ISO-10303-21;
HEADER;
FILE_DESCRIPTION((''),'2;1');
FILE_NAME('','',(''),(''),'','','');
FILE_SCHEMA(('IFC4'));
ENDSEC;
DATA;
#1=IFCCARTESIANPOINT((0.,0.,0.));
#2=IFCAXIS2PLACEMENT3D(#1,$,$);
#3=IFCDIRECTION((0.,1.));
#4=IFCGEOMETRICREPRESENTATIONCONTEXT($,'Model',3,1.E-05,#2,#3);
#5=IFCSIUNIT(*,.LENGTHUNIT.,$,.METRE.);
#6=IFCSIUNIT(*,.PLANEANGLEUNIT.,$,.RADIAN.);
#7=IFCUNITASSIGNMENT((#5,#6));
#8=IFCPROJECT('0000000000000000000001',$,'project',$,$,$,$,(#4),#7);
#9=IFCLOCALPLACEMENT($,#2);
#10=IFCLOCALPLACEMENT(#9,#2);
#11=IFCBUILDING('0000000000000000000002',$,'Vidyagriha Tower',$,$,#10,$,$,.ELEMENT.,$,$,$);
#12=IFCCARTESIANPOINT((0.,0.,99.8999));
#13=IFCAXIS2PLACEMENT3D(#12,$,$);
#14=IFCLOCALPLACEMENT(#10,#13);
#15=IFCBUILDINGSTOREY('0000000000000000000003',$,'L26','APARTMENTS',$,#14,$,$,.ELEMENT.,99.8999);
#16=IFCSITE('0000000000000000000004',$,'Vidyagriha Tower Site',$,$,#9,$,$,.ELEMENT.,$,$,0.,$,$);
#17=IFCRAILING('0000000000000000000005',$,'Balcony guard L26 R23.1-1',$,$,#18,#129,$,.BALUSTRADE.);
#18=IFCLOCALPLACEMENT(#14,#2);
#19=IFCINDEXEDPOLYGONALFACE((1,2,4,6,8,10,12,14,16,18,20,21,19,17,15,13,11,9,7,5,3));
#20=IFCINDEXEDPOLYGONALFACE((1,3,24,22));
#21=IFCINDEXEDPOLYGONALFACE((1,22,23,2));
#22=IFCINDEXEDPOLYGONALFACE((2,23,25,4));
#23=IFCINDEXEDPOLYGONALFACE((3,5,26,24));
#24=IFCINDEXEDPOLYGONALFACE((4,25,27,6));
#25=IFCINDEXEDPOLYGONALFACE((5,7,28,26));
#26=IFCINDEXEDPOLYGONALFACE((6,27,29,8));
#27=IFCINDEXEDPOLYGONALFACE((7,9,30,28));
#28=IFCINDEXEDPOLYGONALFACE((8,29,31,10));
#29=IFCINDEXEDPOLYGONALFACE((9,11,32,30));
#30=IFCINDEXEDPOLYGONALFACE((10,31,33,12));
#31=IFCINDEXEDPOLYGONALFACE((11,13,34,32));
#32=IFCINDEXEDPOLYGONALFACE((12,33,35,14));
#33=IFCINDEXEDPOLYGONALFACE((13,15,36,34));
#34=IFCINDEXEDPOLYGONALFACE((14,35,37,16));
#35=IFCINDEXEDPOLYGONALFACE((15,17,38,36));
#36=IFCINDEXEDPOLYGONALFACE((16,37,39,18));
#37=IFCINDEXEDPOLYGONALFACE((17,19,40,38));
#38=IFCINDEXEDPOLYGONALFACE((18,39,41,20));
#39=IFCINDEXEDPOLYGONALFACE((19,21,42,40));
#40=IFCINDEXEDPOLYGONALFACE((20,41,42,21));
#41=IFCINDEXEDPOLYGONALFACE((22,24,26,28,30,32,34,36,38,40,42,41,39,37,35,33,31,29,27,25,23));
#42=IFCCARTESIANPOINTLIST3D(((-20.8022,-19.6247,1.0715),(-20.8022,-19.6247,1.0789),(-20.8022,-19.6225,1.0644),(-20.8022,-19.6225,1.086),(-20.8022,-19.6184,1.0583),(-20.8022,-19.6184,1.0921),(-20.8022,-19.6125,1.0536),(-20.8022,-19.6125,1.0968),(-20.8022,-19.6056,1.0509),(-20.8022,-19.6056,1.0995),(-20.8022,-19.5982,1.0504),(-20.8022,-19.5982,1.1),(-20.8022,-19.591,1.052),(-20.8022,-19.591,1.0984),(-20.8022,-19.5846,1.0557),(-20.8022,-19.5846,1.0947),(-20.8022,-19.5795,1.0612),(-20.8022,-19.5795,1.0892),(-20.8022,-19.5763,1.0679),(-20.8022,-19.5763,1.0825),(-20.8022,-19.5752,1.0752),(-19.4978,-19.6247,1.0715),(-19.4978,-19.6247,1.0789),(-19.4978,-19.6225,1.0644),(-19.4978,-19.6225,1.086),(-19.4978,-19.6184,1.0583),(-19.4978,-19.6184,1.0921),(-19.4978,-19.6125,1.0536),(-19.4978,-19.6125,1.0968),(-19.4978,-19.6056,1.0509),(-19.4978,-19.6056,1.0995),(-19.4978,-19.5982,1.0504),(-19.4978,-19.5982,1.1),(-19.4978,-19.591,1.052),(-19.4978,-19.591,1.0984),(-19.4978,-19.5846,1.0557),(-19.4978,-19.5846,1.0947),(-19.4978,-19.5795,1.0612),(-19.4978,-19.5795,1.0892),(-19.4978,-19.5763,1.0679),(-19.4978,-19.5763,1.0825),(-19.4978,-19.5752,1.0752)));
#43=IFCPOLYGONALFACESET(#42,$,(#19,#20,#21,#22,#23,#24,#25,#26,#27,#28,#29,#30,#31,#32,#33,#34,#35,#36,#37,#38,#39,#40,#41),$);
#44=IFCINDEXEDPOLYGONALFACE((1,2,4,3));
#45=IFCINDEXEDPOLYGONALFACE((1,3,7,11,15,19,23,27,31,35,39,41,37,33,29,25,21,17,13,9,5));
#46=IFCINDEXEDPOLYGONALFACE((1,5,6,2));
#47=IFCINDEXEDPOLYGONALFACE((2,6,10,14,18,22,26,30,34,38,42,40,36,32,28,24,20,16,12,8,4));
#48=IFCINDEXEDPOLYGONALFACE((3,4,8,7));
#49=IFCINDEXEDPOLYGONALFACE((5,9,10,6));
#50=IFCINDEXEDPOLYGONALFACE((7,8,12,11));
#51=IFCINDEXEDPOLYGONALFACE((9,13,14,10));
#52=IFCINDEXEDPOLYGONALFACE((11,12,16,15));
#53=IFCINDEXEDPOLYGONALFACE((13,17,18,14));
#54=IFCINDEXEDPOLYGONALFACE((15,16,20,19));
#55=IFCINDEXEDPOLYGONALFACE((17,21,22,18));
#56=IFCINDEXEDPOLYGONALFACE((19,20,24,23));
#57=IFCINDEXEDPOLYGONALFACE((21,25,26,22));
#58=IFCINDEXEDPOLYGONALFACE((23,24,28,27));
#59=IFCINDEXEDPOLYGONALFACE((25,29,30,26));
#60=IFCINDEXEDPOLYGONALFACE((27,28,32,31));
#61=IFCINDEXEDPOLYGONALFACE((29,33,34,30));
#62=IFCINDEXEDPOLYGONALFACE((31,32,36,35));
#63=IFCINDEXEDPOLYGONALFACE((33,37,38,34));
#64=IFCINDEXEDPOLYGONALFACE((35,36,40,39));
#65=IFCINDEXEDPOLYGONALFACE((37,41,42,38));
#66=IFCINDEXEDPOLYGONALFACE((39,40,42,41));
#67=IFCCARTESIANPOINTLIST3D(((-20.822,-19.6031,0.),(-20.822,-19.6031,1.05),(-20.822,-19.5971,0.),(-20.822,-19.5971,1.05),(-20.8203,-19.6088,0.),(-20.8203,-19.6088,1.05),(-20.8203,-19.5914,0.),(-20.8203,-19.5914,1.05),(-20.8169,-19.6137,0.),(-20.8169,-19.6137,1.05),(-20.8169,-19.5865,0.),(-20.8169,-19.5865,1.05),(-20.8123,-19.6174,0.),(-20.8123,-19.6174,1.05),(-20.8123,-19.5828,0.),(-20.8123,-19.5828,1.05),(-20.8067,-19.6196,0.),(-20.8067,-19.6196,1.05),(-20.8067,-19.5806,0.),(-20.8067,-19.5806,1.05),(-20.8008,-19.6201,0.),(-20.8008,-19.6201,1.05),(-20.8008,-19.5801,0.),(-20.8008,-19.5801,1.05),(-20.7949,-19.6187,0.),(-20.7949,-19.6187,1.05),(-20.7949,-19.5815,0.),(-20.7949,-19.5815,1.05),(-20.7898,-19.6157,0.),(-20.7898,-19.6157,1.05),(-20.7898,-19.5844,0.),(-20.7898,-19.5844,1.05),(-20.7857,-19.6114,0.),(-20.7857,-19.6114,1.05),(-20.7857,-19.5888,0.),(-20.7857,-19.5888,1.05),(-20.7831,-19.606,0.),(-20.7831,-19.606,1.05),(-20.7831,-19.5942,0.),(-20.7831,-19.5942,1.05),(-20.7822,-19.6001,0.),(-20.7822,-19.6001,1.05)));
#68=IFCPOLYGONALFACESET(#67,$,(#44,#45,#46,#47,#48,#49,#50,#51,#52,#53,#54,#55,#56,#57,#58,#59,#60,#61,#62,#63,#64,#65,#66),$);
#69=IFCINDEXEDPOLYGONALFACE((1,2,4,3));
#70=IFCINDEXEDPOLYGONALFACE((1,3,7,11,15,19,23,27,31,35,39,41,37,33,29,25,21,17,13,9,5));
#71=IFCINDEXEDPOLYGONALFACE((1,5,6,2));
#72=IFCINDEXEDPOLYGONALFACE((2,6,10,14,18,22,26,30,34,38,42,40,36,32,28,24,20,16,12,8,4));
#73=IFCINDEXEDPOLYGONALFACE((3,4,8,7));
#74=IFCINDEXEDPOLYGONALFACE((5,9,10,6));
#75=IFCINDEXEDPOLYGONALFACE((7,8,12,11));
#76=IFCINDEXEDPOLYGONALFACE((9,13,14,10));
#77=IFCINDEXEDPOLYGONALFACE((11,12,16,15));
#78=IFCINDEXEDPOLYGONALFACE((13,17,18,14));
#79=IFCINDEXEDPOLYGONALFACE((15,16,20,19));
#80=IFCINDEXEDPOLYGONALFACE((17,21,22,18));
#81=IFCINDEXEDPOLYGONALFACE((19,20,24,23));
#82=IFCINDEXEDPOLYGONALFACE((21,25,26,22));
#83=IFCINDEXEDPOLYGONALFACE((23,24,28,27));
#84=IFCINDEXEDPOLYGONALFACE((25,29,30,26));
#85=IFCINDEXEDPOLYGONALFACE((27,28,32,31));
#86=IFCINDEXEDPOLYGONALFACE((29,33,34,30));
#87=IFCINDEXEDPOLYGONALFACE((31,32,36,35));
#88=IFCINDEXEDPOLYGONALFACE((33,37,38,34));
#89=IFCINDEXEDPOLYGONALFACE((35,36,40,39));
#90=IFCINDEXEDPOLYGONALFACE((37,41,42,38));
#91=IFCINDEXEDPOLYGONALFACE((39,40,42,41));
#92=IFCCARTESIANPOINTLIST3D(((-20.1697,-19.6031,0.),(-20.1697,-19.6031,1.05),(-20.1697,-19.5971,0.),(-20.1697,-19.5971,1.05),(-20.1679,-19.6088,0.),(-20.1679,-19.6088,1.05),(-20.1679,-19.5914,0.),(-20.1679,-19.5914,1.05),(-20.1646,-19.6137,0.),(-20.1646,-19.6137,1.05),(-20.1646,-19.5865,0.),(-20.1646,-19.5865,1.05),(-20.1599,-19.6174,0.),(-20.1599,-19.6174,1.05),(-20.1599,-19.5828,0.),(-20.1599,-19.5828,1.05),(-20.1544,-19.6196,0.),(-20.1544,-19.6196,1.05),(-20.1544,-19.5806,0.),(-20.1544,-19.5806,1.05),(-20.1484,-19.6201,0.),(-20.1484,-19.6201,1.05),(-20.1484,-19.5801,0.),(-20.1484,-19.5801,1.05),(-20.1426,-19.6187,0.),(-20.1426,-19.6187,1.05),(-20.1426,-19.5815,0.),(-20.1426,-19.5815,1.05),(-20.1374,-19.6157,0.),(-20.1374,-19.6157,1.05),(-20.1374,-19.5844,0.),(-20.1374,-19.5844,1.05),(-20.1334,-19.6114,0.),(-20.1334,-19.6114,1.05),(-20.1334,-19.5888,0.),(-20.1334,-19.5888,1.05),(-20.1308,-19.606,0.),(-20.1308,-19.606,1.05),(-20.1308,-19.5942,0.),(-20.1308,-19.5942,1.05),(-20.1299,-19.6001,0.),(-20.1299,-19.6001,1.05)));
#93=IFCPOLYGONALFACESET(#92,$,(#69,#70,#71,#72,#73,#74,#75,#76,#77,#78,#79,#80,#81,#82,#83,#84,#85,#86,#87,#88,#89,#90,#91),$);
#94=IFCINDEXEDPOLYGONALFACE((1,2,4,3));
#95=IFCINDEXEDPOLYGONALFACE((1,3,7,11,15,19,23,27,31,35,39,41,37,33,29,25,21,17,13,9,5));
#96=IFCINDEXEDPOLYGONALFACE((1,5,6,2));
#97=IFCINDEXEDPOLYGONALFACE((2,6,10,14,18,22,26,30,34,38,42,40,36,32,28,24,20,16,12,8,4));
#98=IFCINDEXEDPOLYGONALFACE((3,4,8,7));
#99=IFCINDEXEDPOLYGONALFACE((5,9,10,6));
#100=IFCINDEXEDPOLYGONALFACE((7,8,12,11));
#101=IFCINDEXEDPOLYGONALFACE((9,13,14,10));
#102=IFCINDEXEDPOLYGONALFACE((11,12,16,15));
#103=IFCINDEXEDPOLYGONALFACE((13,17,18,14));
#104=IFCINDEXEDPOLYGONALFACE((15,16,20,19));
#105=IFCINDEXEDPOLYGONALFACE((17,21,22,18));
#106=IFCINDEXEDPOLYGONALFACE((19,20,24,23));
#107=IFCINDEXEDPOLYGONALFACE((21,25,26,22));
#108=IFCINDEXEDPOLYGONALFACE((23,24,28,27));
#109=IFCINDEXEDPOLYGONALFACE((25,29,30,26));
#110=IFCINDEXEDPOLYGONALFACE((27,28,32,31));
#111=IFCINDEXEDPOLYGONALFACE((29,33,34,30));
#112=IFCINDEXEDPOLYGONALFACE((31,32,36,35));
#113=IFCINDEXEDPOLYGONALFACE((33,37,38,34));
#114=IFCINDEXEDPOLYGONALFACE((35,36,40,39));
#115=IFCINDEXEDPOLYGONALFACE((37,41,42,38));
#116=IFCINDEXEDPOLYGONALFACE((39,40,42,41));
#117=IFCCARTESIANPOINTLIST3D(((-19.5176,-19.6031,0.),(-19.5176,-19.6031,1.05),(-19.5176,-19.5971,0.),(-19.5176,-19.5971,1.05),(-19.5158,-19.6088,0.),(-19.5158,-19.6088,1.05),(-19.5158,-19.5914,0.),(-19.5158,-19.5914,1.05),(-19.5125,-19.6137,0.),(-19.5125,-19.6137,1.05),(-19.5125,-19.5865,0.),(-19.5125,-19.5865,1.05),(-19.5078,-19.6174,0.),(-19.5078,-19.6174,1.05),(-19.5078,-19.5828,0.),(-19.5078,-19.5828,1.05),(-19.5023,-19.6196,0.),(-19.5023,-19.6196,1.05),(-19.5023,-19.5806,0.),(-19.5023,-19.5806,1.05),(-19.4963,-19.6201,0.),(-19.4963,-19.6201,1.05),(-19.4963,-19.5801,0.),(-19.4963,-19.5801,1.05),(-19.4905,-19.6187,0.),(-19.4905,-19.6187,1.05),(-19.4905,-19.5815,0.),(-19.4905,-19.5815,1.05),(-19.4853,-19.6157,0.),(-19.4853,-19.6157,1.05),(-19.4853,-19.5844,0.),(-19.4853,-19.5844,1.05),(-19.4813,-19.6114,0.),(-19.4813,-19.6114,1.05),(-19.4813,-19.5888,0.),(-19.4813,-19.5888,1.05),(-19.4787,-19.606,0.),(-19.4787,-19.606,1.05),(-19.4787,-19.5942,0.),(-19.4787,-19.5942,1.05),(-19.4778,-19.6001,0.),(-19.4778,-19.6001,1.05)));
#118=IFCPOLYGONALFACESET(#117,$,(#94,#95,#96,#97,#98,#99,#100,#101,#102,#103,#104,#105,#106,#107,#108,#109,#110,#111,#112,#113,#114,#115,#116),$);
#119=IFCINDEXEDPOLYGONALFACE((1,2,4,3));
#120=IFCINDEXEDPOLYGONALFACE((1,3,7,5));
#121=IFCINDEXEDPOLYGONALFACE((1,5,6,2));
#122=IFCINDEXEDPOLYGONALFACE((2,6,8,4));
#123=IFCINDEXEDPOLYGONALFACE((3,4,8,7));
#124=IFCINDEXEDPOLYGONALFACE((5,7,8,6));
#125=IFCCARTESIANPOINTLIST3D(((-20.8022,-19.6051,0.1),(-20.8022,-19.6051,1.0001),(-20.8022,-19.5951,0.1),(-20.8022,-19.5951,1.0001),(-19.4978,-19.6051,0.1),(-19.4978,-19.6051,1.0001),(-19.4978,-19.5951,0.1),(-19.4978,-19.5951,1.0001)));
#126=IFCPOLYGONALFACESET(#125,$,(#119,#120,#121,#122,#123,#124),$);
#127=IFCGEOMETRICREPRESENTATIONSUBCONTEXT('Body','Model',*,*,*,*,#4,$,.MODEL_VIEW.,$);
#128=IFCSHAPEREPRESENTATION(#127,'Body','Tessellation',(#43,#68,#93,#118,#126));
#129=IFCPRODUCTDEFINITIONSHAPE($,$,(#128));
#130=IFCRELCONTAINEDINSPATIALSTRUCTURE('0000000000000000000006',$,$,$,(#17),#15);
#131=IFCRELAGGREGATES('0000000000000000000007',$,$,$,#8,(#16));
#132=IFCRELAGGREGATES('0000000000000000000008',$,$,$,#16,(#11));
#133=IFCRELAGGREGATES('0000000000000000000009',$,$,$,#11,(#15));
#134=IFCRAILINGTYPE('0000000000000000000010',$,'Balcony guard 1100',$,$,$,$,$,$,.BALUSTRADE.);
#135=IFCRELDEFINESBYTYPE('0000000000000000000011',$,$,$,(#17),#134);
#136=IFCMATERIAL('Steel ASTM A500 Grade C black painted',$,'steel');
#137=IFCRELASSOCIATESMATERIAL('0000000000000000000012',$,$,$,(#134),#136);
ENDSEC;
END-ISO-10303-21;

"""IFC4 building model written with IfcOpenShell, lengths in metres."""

from ifc_helpers import new_model, si_unit, direction, frame, origin, origin_2d, place, context, subcontext, project, spatial, rectangle, circle, extrude, material, type_object, element, save


model = new_model("IFC4")

# Units and contexts
model_context = context("Model", 3, precision=1e-05, world=origin(), true_north=direction((0.0, 1.0)))
body_context = subcontext(model_context, "Body", "Model", "MODEL_VIEW")
ifc_project = project(units=[si_unit("LENGTHUNIT", "METRE"), si_unit("PLANEANGLEUNIT", "RADIAN")], contexts=[model_context])

# Site, building, storey
site_placement = place(None, origin())
site = spatial("IfcSite", under=ifc_project, at=site_placement, Name="Vidyagriha Tower Site", CompositionType="ELEMENT", RefElevation=0.0)
building_placement = place(site_placement, origin())
building = spatial("IfcBuilding", under=site, at=building_placement, Name="Vidyagriha Tower", CompositionType="ELEMENT")
storey_placement = place(building_placement, frame((0.0, 0.0, 99.8999)))
storey = spatial("IfcBuildingStorey", under=building, at=storey_placement, Name="L26", Description="APARTMENTS", CompositionType="ELEMENT", Elevation=99.8999)

# Railing
ifc_material_1 = material(Name="Steel ASTM A500 Grade C black painted", Category="steel")
railing_type_1 = type_object("IfcRailingType", Name="Balcony guard 1100", PredefinedType="BALUSTRADE", material=ifc_material_1)
railing_1_placement = place(storey_placement, frame((-20.8022, -19.6001, 0.0)))
element("IfcRailing", 1, at=railing_1_placement, inside=storey, type_object=railing_type_1, Name="Balcony guard L26 R23.1-1", PredefinedType="BALUSTRADE", context=body_context, shape_type="SweptSolid", body=[
    extrude(circle(Radius=0.0249, at=origin_2d()), frame((0.0, 0.0, 1.0752), z_axis=(1.0, 0.0, 0.0), x_axis=(0.0, 1.0, 0.0)), (0.0, 0.0, 1.0), 1.3044),
    extrude(circle(Radius=0.02, at=origin_2d()), origin(), (0.0, 0.0, 1.0), 1.05),
    extrude(circle(Radius=0.02, at=origin_2d()), frame((0.6523, 0.0, 0.0)), (0.0, 0.0, 1.0), 1.05),
    extrude(circle(Radius=0.02, at=origin_2d()), frame((1.3044, 0.0, 0.0)), (0.0, 0.0, 1.0), 1.05),
    extrude(rectangle(XDim=0.01, YDim=0.9001, at=origin_2d()), frame((0.0, 0.0, 0.55), z_axis=(1.0, 0.0, 0.0), x_axis=(0.0, 1.0, 0.0)), (0.0, 0.0, 1.0), 1.3044),
])

save(model, "model.ifc")
